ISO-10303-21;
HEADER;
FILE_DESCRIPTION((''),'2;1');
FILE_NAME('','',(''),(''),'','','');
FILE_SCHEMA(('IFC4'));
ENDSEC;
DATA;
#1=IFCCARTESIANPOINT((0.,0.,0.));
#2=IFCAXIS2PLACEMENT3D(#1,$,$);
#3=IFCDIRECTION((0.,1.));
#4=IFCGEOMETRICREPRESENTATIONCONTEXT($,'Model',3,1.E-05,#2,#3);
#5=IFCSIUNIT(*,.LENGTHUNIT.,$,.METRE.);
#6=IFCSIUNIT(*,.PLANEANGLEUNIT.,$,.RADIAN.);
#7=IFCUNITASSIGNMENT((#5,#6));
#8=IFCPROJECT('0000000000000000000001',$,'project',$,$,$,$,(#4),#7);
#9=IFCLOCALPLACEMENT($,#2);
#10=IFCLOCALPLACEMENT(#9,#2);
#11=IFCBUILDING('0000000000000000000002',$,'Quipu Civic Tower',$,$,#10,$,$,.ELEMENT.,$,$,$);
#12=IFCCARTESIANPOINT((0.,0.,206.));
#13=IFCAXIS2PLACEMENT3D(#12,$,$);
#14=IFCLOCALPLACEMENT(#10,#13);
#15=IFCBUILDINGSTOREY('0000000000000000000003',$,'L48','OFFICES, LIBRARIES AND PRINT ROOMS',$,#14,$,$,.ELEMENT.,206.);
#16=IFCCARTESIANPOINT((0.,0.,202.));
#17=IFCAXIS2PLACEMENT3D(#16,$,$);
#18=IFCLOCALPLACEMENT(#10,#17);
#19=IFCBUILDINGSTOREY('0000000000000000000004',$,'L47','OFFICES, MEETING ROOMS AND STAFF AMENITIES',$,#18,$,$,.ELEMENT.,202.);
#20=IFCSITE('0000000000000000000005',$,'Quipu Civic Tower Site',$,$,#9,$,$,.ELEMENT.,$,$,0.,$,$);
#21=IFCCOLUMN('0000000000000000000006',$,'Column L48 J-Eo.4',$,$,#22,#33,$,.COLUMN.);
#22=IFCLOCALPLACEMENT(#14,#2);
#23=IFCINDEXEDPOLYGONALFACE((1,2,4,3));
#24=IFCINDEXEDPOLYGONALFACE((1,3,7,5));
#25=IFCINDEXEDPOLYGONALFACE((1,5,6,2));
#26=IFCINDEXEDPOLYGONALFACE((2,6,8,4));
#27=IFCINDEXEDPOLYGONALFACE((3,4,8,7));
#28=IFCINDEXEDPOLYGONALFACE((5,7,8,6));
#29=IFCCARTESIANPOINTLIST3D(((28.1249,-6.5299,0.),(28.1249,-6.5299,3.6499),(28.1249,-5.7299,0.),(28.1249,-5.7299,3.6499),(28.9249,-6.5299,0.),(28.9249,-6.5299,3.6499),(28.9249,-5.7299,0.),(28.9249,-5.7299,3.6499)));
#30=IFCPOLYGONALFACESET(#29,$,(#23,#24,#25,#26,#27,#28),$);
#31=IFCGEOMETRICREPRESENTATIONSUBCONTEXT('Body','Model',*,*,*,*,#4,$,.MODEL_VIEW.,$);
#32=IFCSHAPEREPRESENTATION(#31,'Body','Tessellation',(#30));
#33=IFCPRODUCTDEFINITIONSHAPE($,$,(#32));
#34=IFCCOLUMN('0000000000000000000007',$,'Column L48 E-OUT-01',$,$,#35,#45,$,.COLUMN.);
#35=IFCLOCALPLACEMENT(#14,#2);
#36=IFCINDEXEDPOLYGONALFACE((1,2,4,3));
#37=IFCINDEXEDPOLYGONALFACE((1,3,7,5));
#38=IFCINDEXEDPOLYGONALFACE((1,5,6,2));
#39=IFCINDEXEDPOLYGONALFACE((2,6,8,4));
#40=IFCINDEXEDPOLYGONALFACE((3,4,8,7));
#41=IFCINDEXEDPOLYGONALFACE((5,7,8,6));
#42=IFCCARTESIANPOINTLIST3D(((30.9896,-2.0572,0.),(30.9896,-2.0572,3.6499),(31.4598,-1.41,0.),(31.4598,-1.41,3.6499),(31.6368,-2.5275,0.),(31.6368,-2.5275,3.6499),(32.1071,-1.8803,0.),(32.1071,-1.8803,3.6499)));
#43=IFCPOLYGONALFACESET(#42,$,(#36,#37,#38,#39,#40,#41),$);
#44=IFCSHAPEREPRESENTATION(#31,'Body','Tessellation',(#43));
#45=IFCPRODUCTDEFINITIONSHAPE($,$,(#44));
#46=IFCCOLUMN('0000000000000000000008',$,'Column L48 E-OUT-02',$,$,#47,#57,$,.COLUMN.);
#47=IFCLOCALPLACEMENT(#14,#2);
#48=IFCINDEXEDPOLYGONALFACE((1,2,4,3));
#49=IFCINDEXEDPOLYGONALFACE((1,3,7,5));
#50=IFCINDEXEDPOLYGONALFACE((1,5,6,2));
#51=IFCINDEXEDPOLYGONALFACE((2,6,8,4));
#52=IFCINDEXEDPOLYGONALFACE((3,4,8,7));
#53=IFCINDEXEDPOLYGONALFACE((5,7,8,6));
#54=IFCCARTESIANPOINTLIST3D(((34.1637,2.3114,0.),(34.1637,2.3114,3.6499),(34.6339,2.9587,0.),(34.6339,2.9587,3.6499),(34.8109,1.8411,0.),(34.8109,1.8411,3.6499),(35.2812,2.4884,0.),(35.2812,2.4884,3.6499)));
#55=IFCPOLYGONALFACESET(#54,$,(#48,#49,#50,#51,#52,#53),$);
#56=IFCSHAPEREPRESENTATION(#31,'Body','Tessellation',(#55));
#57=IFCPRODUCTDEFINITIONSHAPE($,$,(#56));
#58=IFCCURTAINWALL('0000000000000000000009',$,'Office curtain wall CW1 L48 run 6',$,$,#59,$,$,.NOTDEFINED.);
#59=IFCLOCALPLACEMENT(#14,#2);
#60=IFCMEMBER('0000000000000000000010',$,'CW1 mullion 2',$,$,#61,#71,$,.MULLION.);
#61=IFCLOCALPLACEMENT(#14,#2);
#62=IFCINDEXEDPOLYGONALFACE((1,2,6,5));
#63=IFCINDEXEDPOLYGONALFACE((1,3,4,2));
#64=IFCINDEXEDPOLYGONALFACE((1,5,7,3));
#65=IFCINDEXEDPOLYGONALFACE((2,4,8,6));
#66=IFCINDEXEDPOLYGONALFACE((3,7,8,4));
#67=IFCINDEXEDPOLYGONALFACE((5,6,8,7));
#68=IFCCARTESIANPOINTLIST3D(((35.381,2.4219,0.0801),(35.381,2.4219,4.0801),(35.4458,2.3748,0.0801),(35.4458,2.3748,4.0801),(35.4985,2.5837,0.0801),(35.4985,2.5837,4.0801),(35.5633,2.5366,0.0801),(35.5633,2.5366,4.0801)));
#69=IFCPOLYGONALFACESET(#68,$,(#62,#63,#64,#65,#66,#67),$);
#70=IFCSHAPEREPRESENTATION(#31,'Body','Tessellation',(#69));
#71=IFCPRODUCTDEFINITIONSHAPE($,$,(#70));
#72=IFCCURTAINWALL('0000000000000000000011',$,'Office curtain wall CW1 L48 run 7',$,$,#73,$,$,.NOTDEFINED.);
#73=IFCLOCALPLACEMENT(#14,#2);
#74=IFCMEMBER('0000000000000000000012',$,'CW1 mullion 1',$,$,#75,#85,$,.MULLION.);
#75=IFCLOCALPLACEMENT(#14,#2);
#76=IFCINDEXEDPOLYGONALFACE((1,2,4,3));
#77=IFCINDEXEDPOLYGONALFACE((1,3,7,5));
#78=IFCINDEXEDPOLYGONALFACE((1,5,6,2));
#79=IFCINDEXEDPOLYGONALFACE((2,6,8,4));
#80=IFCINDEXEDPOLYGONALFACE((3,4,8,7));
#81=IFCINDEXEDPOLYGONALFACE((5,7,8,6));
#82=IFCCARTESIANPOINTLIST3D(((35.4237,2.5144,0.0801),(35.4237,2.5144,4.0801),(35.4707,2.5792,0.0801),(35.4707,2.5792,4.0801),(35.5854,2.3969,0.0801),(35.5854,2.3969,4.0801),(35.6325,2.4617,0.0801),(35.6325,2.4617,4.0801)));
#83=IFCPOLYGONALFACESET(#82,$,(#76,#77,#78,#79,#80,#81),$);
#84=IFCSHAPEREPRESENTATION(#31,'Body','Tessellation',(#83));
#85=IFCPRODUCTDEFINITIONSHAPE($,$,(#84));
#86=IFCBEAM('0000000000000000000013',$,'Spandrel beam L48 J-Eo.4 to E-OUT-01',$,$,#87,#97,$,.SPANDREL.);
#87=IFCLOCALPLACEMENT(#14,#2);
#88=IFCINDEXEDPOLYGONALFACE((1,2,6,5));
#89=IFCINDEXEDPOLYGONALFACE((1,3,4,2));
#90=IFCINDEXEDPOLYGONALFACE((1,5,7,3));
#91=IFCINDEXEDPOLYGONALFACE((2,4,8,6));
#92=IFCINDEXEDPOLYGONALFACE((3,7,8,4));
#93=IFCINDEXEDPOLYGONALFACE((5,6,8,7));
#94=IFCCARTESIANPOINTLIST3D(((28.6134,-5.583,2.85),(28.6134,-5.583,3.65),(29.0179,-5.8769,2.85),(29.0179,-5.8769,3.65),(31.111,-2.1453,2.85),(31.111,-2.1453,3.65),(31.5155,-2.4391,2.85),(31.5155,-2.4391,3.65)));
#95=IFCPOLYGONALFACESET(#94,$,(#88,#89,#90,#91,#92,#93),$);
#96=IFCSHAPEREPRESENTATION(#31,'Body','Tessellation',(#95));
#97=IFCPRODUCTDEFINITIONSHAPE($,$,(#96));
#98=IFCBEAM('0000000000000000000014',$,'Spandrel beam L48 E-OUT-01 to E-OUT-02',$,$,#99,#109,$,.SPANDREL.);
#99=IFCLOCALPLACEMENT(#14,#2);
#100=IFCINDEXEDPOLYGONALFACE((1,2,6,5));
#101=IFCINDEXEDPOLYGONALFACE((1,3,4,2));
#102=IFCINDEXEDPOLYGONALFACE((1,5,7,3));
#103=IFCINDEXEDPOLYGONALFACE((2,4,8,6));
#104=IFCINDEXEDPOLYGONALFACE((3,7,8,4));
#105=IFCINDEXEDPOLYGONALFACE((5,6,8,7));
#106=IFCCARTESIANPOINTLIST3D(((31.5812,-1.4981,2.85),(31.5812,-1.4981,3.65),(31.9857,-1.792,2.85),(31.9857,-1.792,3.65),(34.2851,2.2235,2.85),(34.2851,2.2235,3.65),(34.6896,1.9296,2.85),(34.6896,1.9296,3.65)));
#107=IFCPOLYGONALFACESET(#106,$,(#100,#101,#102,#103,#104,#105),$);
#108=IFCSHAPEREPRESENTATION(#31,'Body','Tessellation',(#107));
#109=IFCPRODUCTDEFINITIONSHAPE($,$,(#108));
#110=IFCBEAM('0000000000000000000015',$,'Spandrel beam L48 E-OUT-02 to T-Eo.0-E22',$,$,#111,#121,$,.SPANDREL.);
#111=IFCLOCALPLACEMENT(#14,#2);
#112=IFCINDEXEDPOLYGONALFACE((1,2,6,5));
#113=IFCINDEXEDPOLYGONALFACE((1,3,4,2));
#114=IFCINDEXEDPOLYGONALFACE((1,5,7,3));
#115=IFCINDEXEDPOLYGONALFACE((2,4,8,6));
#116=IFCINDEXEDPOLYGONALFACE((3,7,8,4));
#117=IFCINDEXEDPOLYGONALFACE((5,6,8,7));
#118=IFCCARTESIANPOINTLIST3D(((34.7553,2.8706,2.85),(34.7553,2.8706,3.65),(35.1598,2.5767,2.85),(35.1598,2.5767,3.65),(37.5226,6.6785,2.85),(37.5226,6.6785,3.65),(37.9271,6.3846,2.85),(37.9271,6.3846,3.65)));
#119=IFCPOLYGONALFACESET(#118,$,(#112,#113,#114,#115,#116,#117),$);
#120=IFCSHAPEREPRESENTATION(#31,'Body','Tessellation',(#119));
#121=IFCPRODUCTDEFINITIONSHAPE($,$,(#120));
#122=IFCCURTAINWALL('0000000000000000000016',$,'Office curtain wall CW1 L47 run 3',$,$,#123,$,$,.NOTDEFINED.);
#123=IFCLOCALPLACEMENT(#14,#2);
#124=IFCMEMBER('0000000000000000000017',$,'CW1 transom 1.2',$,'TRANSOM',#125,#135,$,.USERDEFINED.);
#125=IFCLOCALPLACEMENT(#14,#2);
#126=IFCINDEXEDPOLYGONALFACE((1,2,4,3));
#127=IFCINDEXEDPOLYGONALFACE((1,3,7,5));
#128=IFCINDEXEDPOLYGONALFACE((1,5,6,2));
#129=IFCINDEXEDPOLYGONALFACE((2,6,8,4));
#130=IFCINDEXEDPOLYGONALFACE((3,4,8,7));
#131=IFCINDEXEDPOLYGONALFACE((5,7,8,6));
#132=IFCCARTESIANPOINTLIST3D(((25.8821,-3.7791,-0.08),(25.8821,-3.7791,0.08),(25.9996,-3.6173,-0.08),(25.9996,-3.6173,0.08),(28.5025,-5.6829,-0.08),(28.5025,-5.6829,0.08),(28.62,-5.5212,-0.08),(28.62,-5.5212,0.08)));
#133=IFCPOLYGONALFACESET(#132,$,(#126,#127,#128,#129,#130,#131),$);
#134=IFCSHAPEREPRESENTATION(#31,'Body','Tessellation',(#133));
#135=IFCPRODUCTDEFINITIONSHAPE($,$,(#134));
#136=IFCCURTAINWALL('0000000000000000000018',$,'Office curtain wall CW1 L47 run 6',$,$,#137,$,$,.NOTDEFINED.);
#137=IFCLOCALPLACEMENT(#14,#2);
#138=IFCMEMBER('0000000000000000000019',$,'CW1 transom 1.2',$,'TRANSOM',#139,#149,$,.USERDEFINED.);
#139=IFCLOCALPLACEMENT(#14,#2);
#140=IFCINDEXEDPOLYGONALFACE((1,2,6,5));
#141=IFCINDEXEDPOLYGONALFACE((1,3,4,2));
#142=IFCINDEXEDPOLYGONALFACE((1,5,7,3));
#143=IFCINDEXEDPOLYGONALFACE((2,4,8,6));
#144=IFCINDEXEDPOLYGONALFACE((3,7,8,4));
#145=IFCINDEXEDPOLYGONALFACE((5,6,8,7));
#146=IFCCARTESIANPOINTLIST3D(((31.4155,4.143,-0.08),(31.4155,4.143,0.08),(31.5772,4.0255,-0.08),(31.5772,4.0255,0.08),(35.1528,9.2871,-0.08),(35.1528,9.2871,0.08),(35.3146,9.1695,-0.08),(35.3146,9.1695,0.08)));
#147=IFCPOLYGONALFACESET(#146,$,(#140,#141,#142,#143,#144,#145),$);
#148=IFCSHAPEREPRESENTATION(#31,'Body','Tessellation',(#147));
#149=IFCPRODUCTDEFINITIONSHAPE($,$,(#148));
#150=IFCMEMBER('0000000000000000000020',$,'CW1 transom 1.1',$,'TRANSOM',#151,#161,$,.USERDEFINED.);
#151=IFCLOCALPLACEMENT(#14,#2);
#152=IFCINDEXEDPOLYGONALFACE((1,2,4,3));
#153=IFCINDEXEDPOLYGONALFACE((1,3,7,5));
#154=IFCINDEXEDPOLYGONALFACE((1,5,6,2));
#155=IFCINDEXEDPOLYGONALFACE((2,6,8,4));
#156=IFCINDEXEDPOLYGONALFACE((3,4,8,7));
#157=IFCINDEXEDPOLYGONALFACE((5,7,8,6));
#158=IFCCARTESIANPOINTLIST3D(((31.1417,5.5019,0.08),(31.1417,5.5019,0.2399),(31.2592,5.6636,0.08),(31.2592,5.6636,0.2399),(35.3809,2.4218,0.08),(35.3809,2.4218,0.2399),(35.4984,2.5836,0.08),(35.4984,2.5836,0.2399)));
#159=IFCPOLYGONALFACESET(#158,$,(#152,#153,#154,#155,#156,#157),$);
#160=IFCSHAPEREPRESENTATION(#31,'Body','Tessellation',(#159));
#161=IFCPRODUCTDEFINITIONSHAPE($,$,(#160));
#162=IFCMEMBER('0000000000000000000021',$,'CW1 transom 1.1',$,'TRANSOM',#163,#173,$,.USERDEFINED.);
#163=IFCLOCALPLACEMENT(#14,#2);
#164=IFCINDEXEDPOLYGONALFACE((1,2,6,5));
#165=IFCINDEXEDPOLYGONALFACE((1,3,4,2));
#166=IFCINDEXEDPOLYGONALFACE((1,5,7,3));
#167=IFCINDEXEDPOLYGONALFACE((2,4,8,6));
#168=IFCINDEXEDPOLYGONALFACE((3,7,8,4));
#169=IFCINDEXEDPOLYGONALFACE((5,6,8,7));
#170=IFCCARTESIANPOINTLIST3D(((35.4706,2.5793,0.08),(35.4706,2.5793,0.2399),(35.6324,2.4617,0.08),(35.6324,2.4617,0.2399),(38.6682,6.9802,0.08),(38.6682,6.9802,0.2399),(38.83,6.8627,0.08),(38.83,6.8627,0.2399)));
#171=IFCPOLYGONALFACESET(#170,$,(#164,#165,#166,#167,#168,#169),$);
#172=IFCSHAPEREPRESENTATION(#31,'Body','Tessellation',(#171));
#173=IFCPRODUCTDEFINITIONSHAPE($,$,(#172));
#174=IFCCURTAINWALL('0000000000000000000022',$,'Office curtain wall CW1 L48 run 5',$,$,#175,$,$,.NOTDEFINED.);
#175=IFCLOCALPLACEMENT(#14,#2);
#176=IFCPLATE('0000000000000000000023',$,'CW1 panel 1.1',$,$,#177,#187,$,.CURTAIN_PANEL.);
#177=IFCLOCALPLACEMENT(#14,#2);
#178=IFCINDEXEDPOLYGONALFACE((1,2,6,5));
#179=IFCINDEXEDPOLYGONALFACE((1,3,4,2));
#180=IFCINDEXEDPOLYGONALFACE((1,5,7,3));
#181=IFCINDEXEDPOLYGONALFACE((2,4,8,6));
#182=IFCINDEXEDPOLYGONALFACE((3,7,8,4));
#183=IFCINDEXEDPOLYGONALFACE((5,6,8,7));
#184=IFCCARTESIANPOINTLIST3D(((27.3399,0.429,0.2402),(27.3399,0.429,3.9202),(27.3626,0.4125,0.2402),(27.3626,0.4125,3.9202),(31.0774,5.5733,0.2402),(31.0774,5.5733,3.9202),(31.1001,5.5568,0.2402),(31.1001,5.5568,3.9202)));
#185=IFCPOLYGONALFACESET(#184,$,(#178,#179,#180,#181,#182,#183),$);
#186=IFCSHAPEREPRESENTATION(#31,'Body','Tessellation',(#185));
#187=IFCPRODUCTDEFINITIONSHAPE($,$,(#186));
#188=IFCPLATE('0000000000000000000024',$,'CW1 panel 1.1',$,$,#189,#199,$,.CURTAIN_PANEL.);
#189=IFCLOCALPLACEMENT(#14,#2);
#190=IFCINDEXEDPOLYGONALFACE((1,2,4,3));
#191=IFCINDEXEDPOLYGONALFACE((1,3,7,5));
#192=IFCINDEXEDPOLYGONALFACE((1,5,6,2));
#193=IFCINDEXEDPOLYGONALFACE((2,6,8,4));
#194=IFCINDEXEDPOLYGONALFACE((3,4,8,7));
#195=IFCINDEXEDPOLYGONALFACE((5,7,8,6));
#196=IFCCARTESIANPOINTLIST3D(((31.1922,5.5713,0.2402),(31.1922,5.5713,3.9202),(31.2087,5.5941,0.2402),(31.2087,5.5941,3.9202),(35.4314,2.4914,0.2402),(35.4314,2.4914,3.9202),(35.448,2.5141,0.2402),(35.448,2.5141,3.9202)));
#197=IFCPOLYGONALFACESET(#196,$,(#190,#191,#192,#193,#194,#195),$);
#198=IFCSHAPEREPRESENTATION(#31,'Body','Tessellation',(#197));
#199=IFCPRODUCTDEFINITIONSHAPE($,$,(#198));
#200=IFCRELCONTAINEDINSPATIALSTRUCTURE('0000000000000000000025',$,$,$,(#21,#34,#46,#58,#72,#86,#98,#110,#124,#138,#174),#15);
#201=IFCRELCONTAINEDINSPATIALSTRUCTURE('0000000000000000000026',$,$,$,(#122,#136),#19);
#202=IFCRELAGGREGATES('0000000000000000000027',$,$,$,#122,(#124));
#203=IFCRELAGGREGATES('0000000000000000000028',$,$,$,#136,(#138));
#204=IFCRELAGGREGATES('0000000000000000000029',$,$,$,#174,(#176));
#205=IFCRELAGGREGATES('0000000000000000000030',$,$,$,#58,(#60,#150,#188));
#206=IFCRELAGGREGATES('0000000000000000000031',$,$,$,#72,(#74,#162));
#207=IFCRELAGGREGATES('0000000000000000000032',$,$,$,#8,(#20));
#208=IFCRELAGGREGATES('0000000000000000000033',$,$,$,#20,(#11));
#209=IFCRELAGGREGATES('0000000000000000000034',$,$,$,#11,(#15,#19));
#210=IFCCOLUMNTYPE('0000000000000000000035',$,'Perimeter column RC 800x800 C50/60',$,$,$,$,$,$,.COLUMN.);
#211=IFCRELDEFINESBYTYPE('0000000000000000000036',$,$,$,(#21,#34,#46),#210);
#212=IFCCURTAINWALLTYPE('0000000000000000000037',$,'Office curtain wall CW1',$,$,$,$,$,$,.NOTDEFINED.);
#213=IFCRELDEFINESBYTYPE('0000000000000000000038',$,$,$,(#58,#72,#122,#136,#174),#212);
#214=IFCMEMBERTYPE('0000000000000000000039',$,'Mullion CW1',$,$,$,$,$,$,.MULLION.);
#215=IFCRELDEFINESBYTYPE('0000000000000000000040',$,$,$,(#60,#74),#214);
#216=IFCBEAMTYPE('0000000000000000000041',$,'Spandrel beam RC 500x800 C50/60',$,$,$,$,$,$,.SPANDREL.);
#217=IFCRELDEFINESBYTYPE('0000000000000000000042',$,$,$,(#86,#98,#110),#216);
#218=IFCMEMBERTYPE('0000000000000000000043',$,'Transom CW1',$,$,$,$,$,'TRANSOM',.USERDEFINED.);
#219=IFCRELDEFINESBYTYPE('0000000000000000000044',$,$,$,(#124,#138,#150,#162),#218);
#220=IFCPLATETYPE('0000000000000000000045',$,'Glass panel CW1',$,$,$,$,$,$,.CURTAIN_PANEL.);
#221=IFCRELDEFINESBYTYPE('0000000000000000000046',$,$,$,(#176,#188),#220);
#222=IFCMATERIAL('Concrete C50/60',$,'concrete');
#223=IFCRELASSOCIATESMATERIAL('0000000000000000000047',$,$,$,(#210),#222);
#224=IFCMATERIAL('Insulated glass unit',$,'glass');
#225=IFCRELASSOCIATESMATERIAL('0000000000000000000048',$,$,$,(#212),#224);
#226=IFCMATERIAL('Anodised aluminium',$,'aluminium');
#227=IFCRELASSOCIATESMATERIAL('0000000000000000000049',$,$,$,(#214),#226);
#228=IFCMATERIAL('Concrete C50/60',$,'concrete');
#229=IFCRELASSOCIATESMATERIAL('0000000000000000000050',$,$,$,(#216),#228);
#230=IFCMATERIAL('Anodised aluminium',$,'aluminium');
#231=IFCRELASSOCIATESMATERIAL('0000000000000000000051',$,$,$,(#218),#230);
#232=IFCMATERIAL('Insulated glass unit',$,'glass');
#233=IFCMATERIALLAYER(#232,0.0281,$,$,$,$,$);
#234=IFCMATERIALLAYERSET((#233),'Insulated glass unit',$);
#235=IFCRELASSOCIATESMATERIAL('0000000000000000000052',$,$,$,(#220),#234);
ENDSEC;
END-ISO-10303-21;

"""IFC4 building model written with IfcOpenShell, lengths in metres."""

from ifc_helpers import new_model, si_unit, direction, frame, origin, origin_2d, place, context, subcontext, project, spatial, rectangle, extrude, material, layer, layer_set, material_profile, profile_set, type_object, element, aggregate, save


model = new_model("IFC4")

# Units and contexts
model_context = context("Model", 3, precision=1e-05, world=origin(), true_north=direction((0.0, 1.0)))
body_context = subcontext(model_context, "Body", "Model", "MODEL_VIEW")
ifc_project = project(units=[si_unit("LENGTHUNIT", "METRE"), si_unit("PLANEANGLEUNIT", "RADIAN")], contexts=[model_context])

# Site, building, storey
site_placement = place(None, origin())
site = spatial("IfcSite", under=ifc_project, at=site_placement, Name="Quipu Civic Tower Site", CompositionType="ELEMENT", RefElevation=0.0)
building_placement = place(site_placement, origin())
building = spatial("IfcBuilding", under=site, at=building_placement, Name="Quipu Civic Tower", CompositionType="ELEMENT")
storey_1_placement = place(building_placement, frame((0.0, 0.0, 206.0)))
storey_1 = spatial("IfcBuildingStorey", under=building, at=storey_1_placement, Name="L48", Description="OFFICES, LIBRARIES AND PRINT ROOMS", CompositionType="ELEMENT", Elevation=206.0)

# Columns
ifc_material_1 = material(Name="Concrete C50/60", Category="concrete")
ifc_material_profile_1 = material_profile(ifc_material_1, rectangle(XDim=0.8, YDim=0.8, at=origin_2d()), Name="RC800x800")
ifc_profile_set_1 = profile_set([ifc_material_profile_1], Name="Concrete C50/60")
column_type = type_object("IfcColumnType", Name="Perimeter column RC 800x800 C50/60", PredefinedType="COLUMN", material=ifc_profile_set_1)
for number, where, z_axis, x_axis, name in (
    (1, (28.5249, -6.1299, 0.0), (0.0, 0.0, 1.0), (1.0, 0.0, 0.0), "Column L48 J-Eo.4"),
    (2, (31.5483, -1.9688, 0.0), (0.0, 0.0, 1.0), (0.587785, 0.809017, 0.0), "Column L48 E-OUT-01"),
    (3, (34.7224, 2.3999, 0.0), (0.0, 0.0, 1.0), (0.587785, 0.809017, 0.0), "Column L48 E-OUT-02"),
):
    element("IfcColumn", number, at=place(storey_1_placement, frame(where, z_axis=z_axis, x_axis=x_axis)), inside=storey_1, type_object=column_type, Name=name, PredefinedType="COLUMN", context=body_context, shape_type="SweptSolid", body=[
        extrude(rectangle(XDim=0.8, YDim=0.8, at=origin_2d()), origin(), (0.0, 0.0, 1.0), 3.6499),
    ])

# Curtain walls, members
ifc_material_2 = material(Name="Insulated glass unit", Category="glass")
curtain_wall_type = type_object("IfcCurtainWallType", Name="Office curtain wall CW1", PredefinedType="NOTDEFINED", material=ifc_material_2)
curtain_wall_1_placement = place(storey_1_placement, origin())
curtain_wall_1 = element("IfcCurtainWall", 4, at=curtain_wall_1_placement, inside=storey_1, type_object=curtain_wall_type, Name="Office curtain wall CW1 L48 run 6", PredefinedType="NOTDEFINED")
ifc_material_3 = material(Name="Anodised aluminium", Category="aluminium")
ifc_material_profile_2 = material_profile(ifc_material_3, rectangle(XDim=0.2, YDim=0.0801, at=origin_2d()), Name="RECT 200x80")
ifc_profile_set_2 = profile_set([ifc_material_profile_2], Name="Anodised aluminium")
member_type_1 = type_object("IfcMemberType", Name="Mullion CW1", PredefinedType="MULLION", material=ifc_profile_set_2)
member_1_placement = place(storey_1_placement, frame((35.4722, 2.4792, 0.0801), z_axis=(0.0, 0.0, 1.0), x_axis=(0.58778, 0.809021, 0.0)))
member_1 = element("IfcMember", 5, at=member_1_placement, type_object=member_type_1, Name="CW1 mullion 2", PredefinedType="MULLION", context=body_context, shape_type="SweptSolid", body=[
    extrude(rectangle(XDim=0.2, YDim=0.0801, at=origin_2d()), origin(), (0.0, 0.0, 1.0), 4.0),
])
curtain_wall_2_placement = place(storey_1_placement, origin())
curtain_wall_2 = element("IfcCurtainWall", 6, at=curtain_wall_2_placement, inside=storey_1, type_object=curtain_wall_type, Name="Office curtain wall CW1 L48 run 7", PredefinedType="NOTDEFINED")
member_2_placement = place(storey_1_placement, frame((35.5281, 2.488, 0.0801), z_axis=(0.0, 0.0, 1.0), x_axis=(-0.809011, 0.587794, 0.0)))
member_2 = element("IfcMember", 7, at=member_2_placement, type_object=member_type_1, Name="CW1 mullion 1", PredefinedType="MULLION", context=body_context, shape_type="SweptSolid", body=[
    extrude(rectangle(XDim=0.2, YDim=0.0801, at=origin_2d()), origin(), (0.0, 0.0, 1.0), 4.0),
])

# Beams
ifc_material_4 = material(Name="Concrete C50/60", Category="concrete")
ifc_material_profile_3 = material_profile(ifc_material_4, rectangle(XDim=0.5, YDim=0.8, at=origin_2d()), Name="RC500x800")
ifc_profile_set_3 = profile_set([ifc_material_profile_3], Name="Concrete C50/60")
beam_type = type_object("IfcBeamType", Name="Spandrel beam RC 500x800 C50/60", PredefinedType="SPANDREL", material=ifc_profile_set_3)
beam_1_placement = place(storey_1_placement, frame((28.8157, -5.73, 3.25), z_axis=(0.587769, 0.809029, 0.0), x_axis=(-0.809029, 0.587769, 0.0)))
element("IfcBeam", 8, at=beam_1_placement, inside=storey_1, type_object=beam_type, Name="Spandrel beam L48 J-Eo.4 to E-OUT-01", PredefinedType="SPANDREL", context=body_context, shape_type="SweptSolid", body=[
    extrude(rectangle(XDim=0.5, YDim=0.8, at=origin_2d()), origin(), (0.0, 0.0, 1.0), 4.2493),
])
beam_2_placement = place(storey_1_placement, frame((31.7834, -1.645, 3.25), z_axis=(0.587796, 0.809009, 0.0), x_axis=(-0.809009, 0.587796, 0.0)))
element("IfcBeam", 9, at=beam_2_placement, inside=storey_1, type_object=beam_type, Name="Spandrel beam L48 E-OUT-01 to E-OUT-02", PredefinedType="SPANDREL", context=body_context, shape_type="SweptSolid", body=[
    extrude(rectangle(XDim=0.5, YDim=0.8, at=origin_2d()), origin(), (0.0, 0.0, 1.0), 4.6001),
])
beam_3_placement = place(storey_1_placement, frame((34.9575, 2.7236, 3.25), z_axis=(0.587891, 0.80894, 0.0), x_axis=(-0.80894, 0.587891, 0.0)))
element("IfcBeam", 10, at=beam_3_placement, inside=storey_1, type_object=beam_type, Name="Spandrel beam L48 E-OUT-02 to T-Eo.0-E22", PredefinedType="SPANDREL", context=body_context, shape_type="SweptSolid", body=[
    extrude(rectangle(XDim=0.5, YDim=0.8, at=origin_2d()), origin(), (0.0, 0.0, 1.0), 4.7073),
])

# Shared definitions
storey_2_placement = place(building_placement, frame((0.0, 0.0, 202.0)))
storey_2 = spatial("IfcBuildingStorey", under=building, at=storey_2_placement, Name="L47", Description="OFFICES, MEETING ROOMS AND STAFF AMENITIES", CompositionType="ELEMENT", Elevation=202.0)

# Curtain walls, members
curtain_wall_3_placement = place(storey_2_placement, origin())
curtain_wall_3 = element("IfcCurtainWall", 11, at=curtain_wall_3_placement, inside=storey_2, type_object=curtain_wall_type, Name="Office curtain wall CW1 L47 run 3", PredefinedType="NOTDEFINED")
ifc_material_5 = material(Name="Anodised aluminium", Category="aluminium")
ifc_material_profile_4 = material_profile(ifc_material_5, rectangle(XDim=0.2, YDim=0.1599, at=origin_2d()), Name="RECT 200x160")
ifc_profile_set_4 = profile_set([ifc_material_profile_4], Name="Anodised aluminium")
member_type_2 = type_object("IfcMemberType", Name="Transom CW1", ElementType="TRANSOM", PredefinedType="USERDEFINED", material=ifc_profile_set_4)
member_3_placement = place(storey_1_placement, frame((28.5613, -5.6021, 0.0), z_axis=(-0.809016, 0.587786, 0.0), x_axis=(-0.587786, -0.809016, 0.0)))
member_3 = element("IfcMember", 12, at=member_3_placement, inside=storey_1, type_object=member_type_2, Name="CW1 transom 1.2", ObjectType="TRANSOM", PredefinedType="USERDEFINED", context=body_context, shape_type="SweptSolid", body=[
    extrude(rectangle(XDim=0.2, YDim=0.1599, at=origin_2d()), origin(), (0.0, 0.0, 1.0), 3.239),
])
aggregate(curtain_wall_3, [member_3])
curtain_wall_4_placement = place(storey_2_placement, origin())
curtain_wall_4 = element("IfcCurtainWall", 13, at=curtain_wall_4_placement, inside=storey_2, type_object=curtain_wall_type, Name="Office curtain wall CW1 L47 run 6", PredefinedType="NOTDEFINED")
member_4_placement = place(storey_1_placement, frame((31.4963, 4.0842, 0.0), z_axis=(0.587779, 0.809022, 0.0), x_axis=(-0.809022, 0.587779, 0.0)))
member_4 = element("IfcMember", 14, at=member_4_placement, inside=storey_1, type_object=member_type_2, Name="CW1 transom 1.2", ObjectType="TRANSOM", PredefinedType="USERDEFINED", context=body_context, shape_type="SweptSolid", body=[
    extrude(rectangle(XDim=0.2, YDim=0.1599, at=origin_2d()), origin(), (0.0, 0.0, 1.0), 6.3584),
])
aggregate(curtain_wall_4, [member_4])

# Members
member_5_placement = place(storey_1_placement, frame((31.2004, 5.5828, 0.1599), z_axis=(0.80901, -0.587795, 0.0), x_axis=(0.587795, 0.80901, 0.0)))
member_5 = element("IfcMember", 15, at=member_5_placement, type_object=member_type_2, Name="CW1 transom 1.1", ObjectType="TRANSOM", PredefinedType="USERDEFINED", context=body_context, shape_type="SweptSolid", body=[
    extrude(rectangle(XDim=0.2, YDim=0.1599, at=origin_2d()), origin(), (0.0, 0.0, 1.0), 5.24),
])
member_6_placement = place(storey_1_placement, frame((35.5515, 2.5205, 0.1599), z_axis=(0.587795, 0.80901, 0.0), x_axis=(-0.80901, 0.587795, 0.0)))
member_6 = element("IfcMember", 16, at=member_6_placement, type_object=member_type_2, Name="CW1 transom 1.1", ObjectType="TRANSOM", PredefinedType="USERDEFINED", context=body_context, shape_type="SweptSolid", body=[
    extrude(rectangle(XDim=0.2, YDim=0.1599, at=origin_2d()), origin(), (0.0, 0.0, 1.0), 5.4399),
])

# Curtain wall, plate
curtain_wall_5_placement = place(storey_1_placement, origin())
curtain_wall_5 = element("IfcCurtainWall", 17, at=curtain_wall_5_placement, inside=storey_1, type_object=curtain_wall_type, Name="Office curtain wall CW1 L48 run 5", PredefinedType="NOTDEFINED")
ifc_material_6 = material(Name="Insulated glass unit", Category="glass")
ifc_layer_1 = layer(ifc_material_6, 0.0281)
ifc_layer_set_1 = layer_set([ifc_layer_1], Name="Insulated glass unit")
plate_type_1 = type_object("IfcPlateType", Name="Glass panel CW1", PredefinedType="CURTAIN_PANEL", material=ifc_layer_set_1)
plate_1_placement = place(storey_1_placement, frame((29.22, 2.9929, 0.2402), z_axis=(0.0, 0.0, 1.0), x_axis=(0.587778, 0.809022, 0.0)))
plate_1 = element("IfcPlate", 18, at=plate_1_placement, type_object=plate_type_1, Name="CW1 panel 1.1", PredefinedType="CURTAIN_PANEL", context=body_context, shape_type="SweptSolid", body=[
    extrude(rectangle(XDim=6.3586, YDim=0.0281, at=origin_2d()), origin(), (0.0, 0.0, 1.0), 3.6799),
])
aggregate(curtain_wall_5, [plate_1])

# Plate
plate_2_placement = place(storey_1_placement, frame((33.3201, 4.0427, 0.2402), z_axis=(0.0, 0.0, 1.0), x_axis=(0.809021, -0.58778, 0.0)))
plate_2 = element("IfcPlate", 19, at=plate_2_placement, type_object=plate_type_1, Name="CW1 panel 1.1", PredefinedType="CURTAIN_PANEL", context=body_context, shape_type="SweptSolid", body=[
    extrude(rectangle(XDim=5.24, YDim=0.0281, at=origin_2d()), origin(), (0.0, 0.0, 1.0), 3.6799),
])
aggregate(curtain_wall_1, [member_1, member_5, plate_2])
aggregate(curtain_wall_2, [member_2, member_6])

save(model, "model.ifc")
